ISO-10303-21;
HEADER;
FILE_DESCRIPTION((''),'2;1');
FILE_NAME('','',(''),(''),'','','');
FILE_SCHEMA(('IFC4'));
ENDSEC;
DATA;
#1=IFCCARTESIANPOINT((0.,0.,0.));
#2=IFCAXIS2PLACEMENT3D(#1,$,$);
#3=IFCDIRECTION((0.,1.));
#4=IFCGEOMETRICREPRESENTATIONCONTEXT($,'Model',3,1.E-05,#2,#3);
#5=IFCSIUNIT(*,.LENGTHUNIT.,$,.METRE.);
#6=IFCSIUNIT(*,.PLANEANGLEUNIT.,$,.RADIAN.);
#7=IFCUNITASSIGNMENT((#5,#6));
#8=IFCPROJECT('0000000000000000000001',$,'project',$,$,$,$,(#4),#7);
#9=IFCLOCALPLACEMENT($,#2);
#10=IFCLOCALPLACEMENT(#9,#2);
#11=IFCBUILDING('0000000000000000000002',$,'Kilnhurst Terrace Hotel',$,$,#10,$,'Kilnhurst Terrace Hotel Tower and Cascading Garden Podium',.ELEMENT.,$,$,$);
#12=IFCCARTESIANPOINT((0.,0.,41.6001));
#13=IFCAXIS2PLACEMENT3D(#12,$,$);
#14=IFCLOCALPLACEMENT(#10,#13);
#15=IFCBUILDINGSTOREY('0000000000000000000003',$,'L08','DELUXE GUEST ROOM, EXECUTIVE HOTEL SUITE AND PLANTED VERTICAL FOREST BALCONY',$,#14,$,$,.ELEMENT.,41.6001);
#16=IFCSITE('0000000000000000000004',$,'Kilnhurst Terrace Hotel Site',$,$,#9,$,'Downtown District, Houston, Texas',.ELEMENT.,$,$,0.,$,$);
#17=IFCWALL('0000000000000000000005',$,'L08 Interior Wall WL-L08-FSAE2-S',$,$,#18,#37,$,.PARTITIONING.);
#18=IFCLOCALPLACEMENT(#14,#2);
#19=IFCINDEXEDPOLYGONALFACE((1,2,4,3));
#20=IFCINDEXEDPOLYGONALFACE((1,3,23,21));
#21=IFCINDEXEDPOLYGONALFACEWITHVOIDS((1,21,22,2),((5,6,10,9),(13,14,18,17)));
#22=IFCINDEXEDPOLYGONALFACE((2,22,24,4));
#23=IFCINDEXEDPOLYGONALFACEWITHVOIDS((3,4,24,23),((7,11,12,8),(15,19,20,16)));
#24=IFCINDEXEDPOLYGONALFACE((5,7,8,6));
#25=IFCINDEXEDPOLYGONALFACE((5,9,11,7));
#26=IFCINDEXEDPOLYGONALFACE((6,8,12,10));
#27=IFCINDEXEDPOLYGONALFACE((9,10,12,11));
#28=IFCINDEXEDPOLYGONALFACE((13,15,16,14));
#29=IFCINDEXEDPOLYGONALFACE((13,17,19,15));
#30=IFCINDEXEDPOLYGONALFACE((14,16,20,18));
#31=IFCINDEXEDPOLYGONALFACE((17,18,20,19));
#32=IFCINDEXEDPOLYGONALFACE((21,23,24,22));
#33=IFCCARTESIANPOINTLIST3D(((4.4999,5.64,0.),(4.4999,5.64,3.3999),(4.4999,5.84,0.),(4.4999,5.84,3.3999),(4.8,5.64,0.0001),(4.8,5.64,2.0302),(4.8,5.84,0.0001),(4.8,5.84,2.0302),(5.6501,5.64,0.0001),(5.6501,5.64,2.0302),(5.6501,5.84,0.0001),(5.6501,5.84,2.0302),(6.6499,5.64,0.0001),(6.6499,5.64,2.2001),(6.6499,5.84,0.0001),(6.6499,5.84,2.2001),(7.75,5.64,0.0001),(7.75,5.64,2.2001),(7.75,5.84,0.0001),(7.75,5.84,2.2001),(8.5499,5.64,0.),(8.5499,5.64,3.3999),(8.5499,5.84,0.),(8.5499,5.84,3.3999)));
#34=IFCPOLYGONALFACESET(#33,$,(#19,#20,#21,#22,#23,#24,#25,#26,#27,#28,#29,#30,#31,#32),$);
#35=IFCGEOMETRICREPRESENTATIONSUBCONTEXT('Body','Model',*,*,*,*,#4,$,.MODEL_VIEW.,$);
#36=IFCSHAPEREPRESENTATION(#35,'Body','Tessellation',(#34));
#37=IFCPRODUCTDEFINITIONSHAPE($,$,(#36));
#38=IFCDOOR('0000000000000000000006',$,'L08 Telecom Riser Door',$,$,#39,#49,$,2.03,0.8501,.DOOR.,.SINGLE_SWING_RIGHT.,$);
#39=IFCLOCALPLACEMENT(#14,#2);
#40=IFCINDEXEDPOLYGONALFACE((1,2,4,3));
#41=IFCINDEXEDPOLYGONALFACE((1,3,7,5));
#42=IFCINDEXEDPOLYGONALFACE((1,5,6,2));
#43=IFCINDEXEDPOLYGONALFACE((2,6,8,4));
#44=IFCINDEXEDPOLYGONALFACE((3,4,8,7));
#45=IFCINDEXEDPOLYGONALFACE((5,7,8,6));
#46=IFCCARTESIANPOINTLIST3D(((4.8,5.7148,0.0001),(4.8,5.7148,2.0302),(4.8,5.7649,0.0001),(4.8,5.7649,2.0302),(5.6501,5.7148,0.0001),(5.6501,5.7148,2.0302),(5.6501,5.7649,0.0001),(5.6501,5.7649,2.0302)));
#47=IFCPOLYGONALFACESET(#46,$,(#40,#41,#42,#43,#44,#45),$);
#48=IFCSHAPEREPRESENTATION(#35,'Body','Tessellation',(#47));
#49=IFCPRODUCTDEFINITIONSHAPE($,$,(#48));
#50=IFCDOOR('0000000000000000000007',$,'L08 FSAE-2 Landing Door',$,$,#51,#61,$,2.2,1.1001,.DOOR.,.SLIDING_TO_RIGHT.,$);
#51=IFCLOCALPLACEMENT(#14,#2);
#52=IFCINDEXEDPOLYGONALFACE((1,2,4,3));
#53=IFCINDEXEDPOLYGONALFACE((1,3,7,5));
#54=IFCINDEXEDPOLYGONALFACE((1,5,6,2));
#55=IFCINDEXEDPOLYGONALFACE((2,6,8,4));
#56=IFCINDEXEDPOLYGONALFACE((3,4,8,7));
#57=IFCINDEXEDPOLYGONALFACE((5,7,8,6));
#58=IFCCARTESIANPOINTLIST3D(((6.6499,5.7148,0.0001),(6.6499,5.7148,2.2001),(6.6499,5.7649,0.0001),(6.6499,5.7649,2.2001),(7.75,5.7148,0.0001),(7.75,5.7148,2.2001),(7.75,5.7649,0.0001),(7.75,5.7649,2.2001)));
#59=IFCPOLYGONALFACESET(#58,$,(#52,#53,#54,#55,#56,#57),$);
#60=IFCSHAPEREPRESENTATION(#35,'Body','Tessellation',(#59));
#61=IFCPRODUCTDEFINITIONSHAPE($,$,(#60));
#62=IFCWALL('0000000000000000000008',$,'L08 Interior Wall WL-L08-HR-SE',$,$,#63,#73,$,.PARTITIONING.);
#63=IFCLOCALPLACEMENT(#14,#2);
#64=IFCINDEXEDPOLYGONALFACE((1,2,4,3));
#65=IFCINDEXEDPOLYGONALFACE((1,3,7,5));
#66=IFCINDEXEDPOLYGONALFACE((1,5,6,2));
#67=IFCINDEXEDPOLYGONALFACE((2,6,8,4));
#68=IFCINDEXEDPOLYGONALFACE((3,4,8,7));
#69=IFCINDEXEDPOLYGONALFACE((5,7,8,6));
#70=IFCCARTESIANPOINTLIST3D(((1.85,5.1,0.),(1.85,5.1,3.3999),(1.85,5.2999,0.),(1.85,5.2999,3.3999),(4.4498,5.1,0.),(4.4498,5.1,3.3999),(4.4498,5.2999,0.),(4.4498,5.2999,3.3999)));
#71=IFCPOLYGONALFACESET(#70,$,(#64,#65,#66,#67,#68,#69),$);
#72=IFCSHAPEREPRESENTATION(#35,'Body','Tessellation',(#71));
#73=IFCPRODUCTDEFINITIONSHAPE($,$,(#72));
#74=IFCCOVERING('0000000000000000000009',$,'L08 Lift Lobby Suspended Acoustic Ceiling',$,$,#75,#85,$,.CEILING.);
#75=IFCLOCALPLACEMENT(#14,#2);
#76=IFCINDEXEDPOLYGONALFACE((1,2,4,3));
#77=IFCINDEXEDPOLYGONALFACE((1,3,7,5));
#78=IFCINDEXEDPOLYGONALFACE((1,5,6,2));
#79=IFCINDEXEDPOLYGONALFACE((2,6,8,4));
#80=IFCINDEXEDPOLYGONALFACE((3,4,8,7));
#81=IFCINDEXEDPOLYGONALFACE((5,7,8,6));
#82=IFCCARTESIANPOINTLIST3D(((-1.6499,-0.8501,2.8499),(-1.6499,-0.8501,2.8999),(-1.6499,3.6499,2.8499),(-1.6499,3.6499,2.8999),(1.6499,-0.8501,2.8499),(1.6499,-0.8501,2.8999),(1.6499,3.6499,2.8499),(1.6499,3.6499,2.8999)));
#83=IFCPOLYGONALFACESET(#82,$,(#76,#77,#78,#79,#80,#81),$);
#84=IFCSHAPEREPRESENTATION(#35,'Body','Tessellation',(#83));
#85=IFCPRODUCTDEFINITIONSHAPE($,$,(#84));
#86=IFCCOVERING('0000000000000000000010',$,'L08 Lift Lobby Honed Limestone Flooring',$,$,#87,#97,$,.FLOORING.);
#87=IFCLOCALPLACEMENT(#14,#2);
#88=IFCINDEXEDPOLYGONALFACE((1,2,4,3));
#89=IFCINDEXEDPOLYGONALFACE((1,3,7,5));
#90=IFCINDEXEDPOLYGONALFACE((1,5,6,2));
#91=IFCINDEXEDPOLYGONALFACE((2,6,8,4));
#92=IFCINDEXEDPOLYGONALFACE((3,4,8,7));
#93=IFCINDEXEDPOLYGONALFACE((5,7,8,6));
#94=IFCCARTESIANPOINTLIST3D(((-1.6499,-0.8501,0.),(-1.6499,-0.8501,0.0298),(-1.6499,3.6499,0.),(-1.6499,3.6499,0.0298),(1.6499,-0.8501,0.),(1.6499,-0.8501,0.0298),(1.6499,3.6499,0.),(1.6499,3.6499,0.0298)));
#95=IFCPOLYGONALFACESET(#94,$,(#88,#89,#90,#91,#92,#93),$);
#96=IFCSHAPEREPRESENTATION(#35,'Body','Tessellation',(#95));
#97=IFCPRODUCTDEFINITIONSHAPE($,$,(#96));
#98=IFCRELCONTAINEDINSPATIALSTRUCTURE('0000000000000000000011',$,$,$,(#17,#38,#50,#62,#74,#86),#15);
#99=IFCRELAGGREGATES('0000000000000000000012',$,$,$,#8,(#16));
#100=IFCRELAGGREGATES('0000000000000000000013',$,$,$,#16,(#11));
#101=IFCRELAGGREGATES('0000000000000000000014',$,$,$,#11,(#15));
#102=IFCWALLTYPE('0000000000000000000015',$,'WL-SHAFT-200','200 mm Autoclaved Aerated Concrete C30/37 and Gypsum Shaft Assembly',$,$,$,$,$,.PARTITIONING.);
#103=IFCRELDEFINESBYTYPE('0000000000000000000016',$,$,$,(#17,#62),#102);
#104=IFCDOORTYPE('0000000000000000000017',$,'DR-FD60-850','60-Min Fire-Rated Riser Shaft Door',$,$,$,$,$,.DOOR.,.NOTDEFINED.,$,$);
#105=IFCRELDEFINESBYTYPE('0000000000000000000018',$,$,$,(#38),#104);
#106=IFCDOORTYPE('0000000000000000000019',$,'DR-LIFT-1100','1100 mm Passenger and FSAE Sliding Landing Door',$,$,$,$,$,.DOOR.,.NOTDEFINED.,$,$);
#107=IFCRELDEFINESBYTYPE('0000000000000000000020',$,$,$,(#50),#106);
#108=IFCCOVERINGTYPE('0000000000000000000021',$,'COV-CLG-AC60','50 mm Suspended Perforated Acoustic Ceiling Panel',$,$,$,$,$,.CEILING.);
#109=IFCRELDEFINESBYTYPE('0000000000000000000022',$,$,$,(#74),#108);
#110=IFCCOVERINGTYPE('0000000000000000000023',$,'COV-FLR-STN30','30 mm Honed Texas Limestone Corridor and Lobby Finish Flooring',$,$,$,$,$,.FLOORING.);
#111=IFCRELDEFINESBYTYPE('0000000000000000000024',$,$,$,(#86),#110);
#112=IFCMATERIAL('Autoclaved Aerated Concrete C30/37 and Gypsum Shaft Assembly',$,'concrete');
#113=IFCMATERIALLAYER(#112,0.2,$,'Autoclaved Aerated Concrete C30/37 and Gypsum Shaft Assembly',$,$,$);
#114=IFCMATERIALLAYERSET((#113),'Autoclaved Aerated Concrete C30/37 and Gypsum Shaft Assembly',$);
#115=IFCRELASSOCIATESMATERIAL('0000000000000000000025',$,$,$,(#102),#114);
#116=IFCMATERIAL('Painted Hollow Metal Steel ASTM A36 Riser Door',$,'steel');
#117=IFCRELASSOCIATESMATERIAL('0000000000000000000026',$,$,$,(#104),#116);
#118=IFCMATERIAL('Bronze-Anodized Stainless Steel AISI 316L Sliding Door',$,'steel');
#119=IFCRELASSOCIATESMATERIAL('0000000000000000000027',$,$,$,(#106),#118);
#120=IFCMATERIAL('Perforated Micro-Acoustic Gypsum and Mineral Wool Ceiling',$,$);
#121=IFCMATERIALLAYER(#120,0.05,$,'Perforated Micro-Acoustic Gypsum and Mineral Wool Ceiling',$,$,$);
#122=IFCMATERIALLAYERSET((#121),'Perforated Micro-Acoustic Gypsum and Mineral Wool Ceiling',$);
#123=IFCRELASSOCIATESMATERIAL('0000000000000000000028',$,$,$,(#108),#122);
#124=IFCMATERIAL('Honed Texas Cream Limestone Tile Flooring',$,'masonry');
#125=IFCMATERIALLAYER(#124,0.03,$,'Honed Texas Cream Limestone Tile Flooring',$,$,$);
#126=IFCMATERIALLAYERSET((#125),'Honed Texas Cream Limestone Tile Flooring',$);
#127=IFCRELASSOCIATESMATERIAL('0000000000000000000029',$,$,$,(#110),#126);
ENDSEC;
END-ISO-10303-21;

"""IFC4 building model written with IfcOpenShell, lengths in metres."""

from ifc_helpers import new_model, si_unit, direction, frame, frame_2d, origin, place, context, subcontext, project, spatial, polyline, rectangle, outline, extrude, material, layer, layer_set, type_object, element, fill, save


model = new_model("IFC4")

# Units and contexts
model_context = context("Model", 3, precision=1e-05, world=origin(), true_north=direction((0.0, 1.0)))
body_context = subcontext(model_context, "Body", "Model", "MODEL_VIEW")
ifc_project = project(units=[si_unit("LENGTHUNIT", "METRE"), si_unit("PLANEANGLEUNIT", "RADIAN")], contexts=[model_context])

# Site, building, storey
site_placement = place(None, origin())
site = spatial("IfcSite", under=ifc_project, at=site_placement, Name="Kilnhurst Terrace Hotel Site", LongName="Downtown District, Houston, Texas", CompositionType="ELEMENT", RefElevation=0.0)
building_placement = place(site_placement, origin())
building = spatial("IfcBuilding", under=site, at=building_placement, Name="Kilnhurst Terrace Hotel", LongName="Kilnhurst Terrace Hotel Tower and Cascading Garden Podium", CompositionType="ELEMENT")
storey_placement = place(building_placement, frame((0.0, 0.0, 41.6001)))
storey = spatial("IfcBuildingStorey", under=building, at=storey_placement, Name="L08", Description="DELUXE GUEST ROOM, EXECUTIVE HOTEL SUITE AND PLANTED VERTICAL FOREST BALCONY", CompositionType="ELEMENT", Elevation=41.6001)

# Wall, openings, doors
ifc_material_1 = material(Name="Autoclaved Aerated Concrete C30/37 and Gypsum Shaft Assembly", Category="concrete")
ifc_layer_1 = layer(ifc_material_1, 0.2, Name="Autoclaved Aerated Concrete C30/37 and Gypsum Shaft Assembly")
ifc_layer_set_1 = layer_set([ifc_layer_1], Name="Autoclaved Aerated Concrete C30/37 and Gypsum Shaft Assembly")
wall_type_1 = type_object("IfcWallType", Name="WL-SHAFT-200", Description="200 mm Autoclaved Aerated Concrete C30/37 and Gypsum Shaft Assembly", PredefinedType="PARTITIONING", material=ifc_layer_set_1)
wall_1_placement = place(storey_placement, frame((4.5, 5.74, 0.0), z_axis=(0.0, 0.0, 1.0), x_axis=(1.0, 0.0, 0.0)))
wall_1 = element("IfcWall", 1, at=wall_1_placement, inside=storey, type_object=wall_type_1, Name="L08 Interior Wall WL-L08-FSAE2-S", PredefinedType="PARTITIONING", context=body_context, shape_type="SweptSolid", body=[
    extrude(rectangle(XDim=4.05, YDim=0.2, at=frame_2d((2.0249, 0.0))), origin(), (0.0, 0.0, 1.0), 3.3999),
])
opening_1_placement = place(wall_1_placement, frame((0.3, 0.0, 0.0)))
opening_1 = element("IfcOpeningElement", 2, at=opening_1_placement, cuts=wall_1, PredefinedType="OPENING", context=body_context, shape_type="SweptSolid", body=[
    extrude(rectangle(XDim=0.8501, YDim=2.03, at=frame_2d((0.425, 1.0151))), frame((0.0, 0.1099, 0.0), z_axis=(0.0, -1.0, 0.0), x_axis=(1.0, 0.0, 0.0)), (0.0, 0.0, 1.0), 0.22),
])
opening_2_placement = place(wall_1_placement, frame((2.1499, 0.0, 0.0)))
opening_2 = element("IfcOpeningElement", 3, at=opening_2_placement, cuts=wall_1, PredefinedType="OPENING", context=body_context, shape_type="SweptSolid", body=[
    extrude(rectangle(XDim=1.1001, YDim=2.2, at=frame_2d((0.55, 1.1001))), frame((0.0, 0.1099, 0.0), z_axis=(0.0, -1.0, 0.0), x_axis=(1.0, 0.0, 0.0)), (0.0, 0.0, 1.0), 0.22),
])
ifc_material_2 = material(Name="Painted Hollow Metal Steel ASTM A36 Riser Door", Category="steel")
door_type_1 = type_object("IfcDoorType", Name="DR-FD60-850", Description="60-Min Fire-Rated Riser Shaft Door", OperationType="NOTDEFINED", PredefinedType="DOOR", material=ifc_material_2)
door_1_placement = place(opening_1_placement, origin())
door_1 = element("IfcDoor", 4, at=door_1_placement, inside=storey, type_object=door_type_1, Name="L08 Telecom Riser Door", OperationType="SINGLE_SWING_RIGHT", OverallHeight=2.03, OverallWidth=0.8501, PredefinedType="DOOR", context=body_context, shape_type="SweptSolid", body=[
    extrude(rectangle(XDim=0.8501, YDim=2.03, at=frame_2d((0.425, 1.0151))), frame((0.0, 0.0249, 0.0), z_axis=(0.0, -1.0, 0.0), x_axis=(1.0, 0.0, 0.0)), (0.0, 0.0, 1.0), 0.05),
])
fill(opening_1, door_1)
ifc_material_3 = material(Name="Bronze-Anodized Stainless Steel AISI 316L Sliding Door", Category="steel")
door_type_2 = type_object("IfcDoorType", Name="DR-LIFT-1100", Description="1100 mm Passenger and FSAE Sliding Landing Door", OperationType="NOTDEFINED", PredefinedType="DOOR", material=ifc_material_3)
door_2_placement = place(opening_2_placement, origin())
door_2 = element("IfcDoor", 5, at=door_2_placement, inside=storey, type_object=door_type_2, Name="L08 FSAE-2 Landing Door", OperationType="SLIDING_TO_RIGHT", OverallHeight=2.2, OverallWidth=1.1001, PredefinedType="DOOR", context=body_context, shape_type="SweptSolid", body=[
    extrude(rectangle(XDim=1.1001, YDim=2.2, at=frame_2d((0.55, 1.1001))), frame((0.0, 0.0249, 0.0), z_axis=(0.0, -1.0, 0.0), x_axis=(1.0, 0.0, 0.0)), (0.0, 0.0, 1.0), 0.05),
])
fill(opening_2, door_2)

# Wall
wall_2_placement = place(storey_placement, frame((1.8501, 5.2, 0.0), z_axis=(0.0, 0.0, 1.0), x_axis=(1.0, 0.0, 0.0)))
element("IfcWall", 6, at=wall_2_placement, inside=storey, type_object=wall_type_1, Name="L08 Interior Wall WL-L08-HR-SE", PredefinedType="PARTITIONING", context=body_context, shape_type="SweptSolid", body=[
    extrude(rectangle(XDim=2.5999, YDim=0.2, at=frame_2d((1.2998, 0.0))), origin(), (0.0, 0.0, 1.0), 3.3999),
])

# Coverings
ifc_material_4 = material(Name="Perforated Micro-Acoustic Gypsum and Mineral Wool Ceiling")
ifc_layer_2 = layer(ifc_material_4, 0.05, Name="Perforated Micro-Acoustic Gypsum and Mineral Wool Ceiling")
ifc_layer_set_2 = layer_set([ifc_layer_2], Name="Perforated Micro-Acoustic Gypsum and Mineral Wool Ceiling")
covering_type_1 = type_object("IfcCoveringType", Name="COV-CLG-AC60", Description="50 mm Suspended Perforated Acoustic Ceiling Panel", PredefinedType="CEILING", material=ifc_layer_set_2)
covering_1_placement = place(storey_placement, frame((0.0, 0.0, 2.8499)))
element("IfcCovering", 7, at=covering_1_placement, inside=storey, type_object=covering_type_1, Name="L08 Lift Lobby Suspended Acoustic Ceiling", PredefinedType="CEILING", context=body_context, shape_type="SweptSolid", body=[
    extrude(outline(polyline([(-1.6499, -0.8501), (1.6499, -0.8501), (1.6499, 3.6499), (-1.6499, 3.6499), (-1.6499, -0.8501)])), origin(), (0.0, 0.0, 1.0), 0.05),
])
ifc_material_5 = material(Name="Honed Texas Cream Limestone Tile Flooring", Category="masonry")
ifc_layer_3 = layer(ifc_material_5, 0.03, Name="Honed Texas Cream Limestone Tile Flooring")
ifc_layer_set_3 = layer_set([ifc_layer_3], Name="Honed Texas Cream Limestone Tile Flooring")
covering_type_2 = type_object("IfcCoveringType", Name="COV-FLR-STN30", Description="30 mm Honed Texas Limestone Corridor and Lobby Finish Flooring", PredefinedType="FLOORING", material=ifc_layer_set_3)
covering_2_placement = place(storey_placement, origin())
element("IfcCovering", 8, at=covering_2_placement, inside=storey, type_object=covering_type_2, Name="L08 Lift Lobby Honed Limestone Flooring", PredefinedType="FLOORING", context=body_context, shape_type="SweptSolid", body=[
    extrude(outline(polyline([(-1.6499, -0.8501), (1.6499, -0.8501), (1.6499, 3.6499), (-1.6499, 3.6499), (-1.6499, -0.8501)])), origin(), (0.0, 0.0, 1.0), 0.0298),
])

save(model, "model.ifc")
